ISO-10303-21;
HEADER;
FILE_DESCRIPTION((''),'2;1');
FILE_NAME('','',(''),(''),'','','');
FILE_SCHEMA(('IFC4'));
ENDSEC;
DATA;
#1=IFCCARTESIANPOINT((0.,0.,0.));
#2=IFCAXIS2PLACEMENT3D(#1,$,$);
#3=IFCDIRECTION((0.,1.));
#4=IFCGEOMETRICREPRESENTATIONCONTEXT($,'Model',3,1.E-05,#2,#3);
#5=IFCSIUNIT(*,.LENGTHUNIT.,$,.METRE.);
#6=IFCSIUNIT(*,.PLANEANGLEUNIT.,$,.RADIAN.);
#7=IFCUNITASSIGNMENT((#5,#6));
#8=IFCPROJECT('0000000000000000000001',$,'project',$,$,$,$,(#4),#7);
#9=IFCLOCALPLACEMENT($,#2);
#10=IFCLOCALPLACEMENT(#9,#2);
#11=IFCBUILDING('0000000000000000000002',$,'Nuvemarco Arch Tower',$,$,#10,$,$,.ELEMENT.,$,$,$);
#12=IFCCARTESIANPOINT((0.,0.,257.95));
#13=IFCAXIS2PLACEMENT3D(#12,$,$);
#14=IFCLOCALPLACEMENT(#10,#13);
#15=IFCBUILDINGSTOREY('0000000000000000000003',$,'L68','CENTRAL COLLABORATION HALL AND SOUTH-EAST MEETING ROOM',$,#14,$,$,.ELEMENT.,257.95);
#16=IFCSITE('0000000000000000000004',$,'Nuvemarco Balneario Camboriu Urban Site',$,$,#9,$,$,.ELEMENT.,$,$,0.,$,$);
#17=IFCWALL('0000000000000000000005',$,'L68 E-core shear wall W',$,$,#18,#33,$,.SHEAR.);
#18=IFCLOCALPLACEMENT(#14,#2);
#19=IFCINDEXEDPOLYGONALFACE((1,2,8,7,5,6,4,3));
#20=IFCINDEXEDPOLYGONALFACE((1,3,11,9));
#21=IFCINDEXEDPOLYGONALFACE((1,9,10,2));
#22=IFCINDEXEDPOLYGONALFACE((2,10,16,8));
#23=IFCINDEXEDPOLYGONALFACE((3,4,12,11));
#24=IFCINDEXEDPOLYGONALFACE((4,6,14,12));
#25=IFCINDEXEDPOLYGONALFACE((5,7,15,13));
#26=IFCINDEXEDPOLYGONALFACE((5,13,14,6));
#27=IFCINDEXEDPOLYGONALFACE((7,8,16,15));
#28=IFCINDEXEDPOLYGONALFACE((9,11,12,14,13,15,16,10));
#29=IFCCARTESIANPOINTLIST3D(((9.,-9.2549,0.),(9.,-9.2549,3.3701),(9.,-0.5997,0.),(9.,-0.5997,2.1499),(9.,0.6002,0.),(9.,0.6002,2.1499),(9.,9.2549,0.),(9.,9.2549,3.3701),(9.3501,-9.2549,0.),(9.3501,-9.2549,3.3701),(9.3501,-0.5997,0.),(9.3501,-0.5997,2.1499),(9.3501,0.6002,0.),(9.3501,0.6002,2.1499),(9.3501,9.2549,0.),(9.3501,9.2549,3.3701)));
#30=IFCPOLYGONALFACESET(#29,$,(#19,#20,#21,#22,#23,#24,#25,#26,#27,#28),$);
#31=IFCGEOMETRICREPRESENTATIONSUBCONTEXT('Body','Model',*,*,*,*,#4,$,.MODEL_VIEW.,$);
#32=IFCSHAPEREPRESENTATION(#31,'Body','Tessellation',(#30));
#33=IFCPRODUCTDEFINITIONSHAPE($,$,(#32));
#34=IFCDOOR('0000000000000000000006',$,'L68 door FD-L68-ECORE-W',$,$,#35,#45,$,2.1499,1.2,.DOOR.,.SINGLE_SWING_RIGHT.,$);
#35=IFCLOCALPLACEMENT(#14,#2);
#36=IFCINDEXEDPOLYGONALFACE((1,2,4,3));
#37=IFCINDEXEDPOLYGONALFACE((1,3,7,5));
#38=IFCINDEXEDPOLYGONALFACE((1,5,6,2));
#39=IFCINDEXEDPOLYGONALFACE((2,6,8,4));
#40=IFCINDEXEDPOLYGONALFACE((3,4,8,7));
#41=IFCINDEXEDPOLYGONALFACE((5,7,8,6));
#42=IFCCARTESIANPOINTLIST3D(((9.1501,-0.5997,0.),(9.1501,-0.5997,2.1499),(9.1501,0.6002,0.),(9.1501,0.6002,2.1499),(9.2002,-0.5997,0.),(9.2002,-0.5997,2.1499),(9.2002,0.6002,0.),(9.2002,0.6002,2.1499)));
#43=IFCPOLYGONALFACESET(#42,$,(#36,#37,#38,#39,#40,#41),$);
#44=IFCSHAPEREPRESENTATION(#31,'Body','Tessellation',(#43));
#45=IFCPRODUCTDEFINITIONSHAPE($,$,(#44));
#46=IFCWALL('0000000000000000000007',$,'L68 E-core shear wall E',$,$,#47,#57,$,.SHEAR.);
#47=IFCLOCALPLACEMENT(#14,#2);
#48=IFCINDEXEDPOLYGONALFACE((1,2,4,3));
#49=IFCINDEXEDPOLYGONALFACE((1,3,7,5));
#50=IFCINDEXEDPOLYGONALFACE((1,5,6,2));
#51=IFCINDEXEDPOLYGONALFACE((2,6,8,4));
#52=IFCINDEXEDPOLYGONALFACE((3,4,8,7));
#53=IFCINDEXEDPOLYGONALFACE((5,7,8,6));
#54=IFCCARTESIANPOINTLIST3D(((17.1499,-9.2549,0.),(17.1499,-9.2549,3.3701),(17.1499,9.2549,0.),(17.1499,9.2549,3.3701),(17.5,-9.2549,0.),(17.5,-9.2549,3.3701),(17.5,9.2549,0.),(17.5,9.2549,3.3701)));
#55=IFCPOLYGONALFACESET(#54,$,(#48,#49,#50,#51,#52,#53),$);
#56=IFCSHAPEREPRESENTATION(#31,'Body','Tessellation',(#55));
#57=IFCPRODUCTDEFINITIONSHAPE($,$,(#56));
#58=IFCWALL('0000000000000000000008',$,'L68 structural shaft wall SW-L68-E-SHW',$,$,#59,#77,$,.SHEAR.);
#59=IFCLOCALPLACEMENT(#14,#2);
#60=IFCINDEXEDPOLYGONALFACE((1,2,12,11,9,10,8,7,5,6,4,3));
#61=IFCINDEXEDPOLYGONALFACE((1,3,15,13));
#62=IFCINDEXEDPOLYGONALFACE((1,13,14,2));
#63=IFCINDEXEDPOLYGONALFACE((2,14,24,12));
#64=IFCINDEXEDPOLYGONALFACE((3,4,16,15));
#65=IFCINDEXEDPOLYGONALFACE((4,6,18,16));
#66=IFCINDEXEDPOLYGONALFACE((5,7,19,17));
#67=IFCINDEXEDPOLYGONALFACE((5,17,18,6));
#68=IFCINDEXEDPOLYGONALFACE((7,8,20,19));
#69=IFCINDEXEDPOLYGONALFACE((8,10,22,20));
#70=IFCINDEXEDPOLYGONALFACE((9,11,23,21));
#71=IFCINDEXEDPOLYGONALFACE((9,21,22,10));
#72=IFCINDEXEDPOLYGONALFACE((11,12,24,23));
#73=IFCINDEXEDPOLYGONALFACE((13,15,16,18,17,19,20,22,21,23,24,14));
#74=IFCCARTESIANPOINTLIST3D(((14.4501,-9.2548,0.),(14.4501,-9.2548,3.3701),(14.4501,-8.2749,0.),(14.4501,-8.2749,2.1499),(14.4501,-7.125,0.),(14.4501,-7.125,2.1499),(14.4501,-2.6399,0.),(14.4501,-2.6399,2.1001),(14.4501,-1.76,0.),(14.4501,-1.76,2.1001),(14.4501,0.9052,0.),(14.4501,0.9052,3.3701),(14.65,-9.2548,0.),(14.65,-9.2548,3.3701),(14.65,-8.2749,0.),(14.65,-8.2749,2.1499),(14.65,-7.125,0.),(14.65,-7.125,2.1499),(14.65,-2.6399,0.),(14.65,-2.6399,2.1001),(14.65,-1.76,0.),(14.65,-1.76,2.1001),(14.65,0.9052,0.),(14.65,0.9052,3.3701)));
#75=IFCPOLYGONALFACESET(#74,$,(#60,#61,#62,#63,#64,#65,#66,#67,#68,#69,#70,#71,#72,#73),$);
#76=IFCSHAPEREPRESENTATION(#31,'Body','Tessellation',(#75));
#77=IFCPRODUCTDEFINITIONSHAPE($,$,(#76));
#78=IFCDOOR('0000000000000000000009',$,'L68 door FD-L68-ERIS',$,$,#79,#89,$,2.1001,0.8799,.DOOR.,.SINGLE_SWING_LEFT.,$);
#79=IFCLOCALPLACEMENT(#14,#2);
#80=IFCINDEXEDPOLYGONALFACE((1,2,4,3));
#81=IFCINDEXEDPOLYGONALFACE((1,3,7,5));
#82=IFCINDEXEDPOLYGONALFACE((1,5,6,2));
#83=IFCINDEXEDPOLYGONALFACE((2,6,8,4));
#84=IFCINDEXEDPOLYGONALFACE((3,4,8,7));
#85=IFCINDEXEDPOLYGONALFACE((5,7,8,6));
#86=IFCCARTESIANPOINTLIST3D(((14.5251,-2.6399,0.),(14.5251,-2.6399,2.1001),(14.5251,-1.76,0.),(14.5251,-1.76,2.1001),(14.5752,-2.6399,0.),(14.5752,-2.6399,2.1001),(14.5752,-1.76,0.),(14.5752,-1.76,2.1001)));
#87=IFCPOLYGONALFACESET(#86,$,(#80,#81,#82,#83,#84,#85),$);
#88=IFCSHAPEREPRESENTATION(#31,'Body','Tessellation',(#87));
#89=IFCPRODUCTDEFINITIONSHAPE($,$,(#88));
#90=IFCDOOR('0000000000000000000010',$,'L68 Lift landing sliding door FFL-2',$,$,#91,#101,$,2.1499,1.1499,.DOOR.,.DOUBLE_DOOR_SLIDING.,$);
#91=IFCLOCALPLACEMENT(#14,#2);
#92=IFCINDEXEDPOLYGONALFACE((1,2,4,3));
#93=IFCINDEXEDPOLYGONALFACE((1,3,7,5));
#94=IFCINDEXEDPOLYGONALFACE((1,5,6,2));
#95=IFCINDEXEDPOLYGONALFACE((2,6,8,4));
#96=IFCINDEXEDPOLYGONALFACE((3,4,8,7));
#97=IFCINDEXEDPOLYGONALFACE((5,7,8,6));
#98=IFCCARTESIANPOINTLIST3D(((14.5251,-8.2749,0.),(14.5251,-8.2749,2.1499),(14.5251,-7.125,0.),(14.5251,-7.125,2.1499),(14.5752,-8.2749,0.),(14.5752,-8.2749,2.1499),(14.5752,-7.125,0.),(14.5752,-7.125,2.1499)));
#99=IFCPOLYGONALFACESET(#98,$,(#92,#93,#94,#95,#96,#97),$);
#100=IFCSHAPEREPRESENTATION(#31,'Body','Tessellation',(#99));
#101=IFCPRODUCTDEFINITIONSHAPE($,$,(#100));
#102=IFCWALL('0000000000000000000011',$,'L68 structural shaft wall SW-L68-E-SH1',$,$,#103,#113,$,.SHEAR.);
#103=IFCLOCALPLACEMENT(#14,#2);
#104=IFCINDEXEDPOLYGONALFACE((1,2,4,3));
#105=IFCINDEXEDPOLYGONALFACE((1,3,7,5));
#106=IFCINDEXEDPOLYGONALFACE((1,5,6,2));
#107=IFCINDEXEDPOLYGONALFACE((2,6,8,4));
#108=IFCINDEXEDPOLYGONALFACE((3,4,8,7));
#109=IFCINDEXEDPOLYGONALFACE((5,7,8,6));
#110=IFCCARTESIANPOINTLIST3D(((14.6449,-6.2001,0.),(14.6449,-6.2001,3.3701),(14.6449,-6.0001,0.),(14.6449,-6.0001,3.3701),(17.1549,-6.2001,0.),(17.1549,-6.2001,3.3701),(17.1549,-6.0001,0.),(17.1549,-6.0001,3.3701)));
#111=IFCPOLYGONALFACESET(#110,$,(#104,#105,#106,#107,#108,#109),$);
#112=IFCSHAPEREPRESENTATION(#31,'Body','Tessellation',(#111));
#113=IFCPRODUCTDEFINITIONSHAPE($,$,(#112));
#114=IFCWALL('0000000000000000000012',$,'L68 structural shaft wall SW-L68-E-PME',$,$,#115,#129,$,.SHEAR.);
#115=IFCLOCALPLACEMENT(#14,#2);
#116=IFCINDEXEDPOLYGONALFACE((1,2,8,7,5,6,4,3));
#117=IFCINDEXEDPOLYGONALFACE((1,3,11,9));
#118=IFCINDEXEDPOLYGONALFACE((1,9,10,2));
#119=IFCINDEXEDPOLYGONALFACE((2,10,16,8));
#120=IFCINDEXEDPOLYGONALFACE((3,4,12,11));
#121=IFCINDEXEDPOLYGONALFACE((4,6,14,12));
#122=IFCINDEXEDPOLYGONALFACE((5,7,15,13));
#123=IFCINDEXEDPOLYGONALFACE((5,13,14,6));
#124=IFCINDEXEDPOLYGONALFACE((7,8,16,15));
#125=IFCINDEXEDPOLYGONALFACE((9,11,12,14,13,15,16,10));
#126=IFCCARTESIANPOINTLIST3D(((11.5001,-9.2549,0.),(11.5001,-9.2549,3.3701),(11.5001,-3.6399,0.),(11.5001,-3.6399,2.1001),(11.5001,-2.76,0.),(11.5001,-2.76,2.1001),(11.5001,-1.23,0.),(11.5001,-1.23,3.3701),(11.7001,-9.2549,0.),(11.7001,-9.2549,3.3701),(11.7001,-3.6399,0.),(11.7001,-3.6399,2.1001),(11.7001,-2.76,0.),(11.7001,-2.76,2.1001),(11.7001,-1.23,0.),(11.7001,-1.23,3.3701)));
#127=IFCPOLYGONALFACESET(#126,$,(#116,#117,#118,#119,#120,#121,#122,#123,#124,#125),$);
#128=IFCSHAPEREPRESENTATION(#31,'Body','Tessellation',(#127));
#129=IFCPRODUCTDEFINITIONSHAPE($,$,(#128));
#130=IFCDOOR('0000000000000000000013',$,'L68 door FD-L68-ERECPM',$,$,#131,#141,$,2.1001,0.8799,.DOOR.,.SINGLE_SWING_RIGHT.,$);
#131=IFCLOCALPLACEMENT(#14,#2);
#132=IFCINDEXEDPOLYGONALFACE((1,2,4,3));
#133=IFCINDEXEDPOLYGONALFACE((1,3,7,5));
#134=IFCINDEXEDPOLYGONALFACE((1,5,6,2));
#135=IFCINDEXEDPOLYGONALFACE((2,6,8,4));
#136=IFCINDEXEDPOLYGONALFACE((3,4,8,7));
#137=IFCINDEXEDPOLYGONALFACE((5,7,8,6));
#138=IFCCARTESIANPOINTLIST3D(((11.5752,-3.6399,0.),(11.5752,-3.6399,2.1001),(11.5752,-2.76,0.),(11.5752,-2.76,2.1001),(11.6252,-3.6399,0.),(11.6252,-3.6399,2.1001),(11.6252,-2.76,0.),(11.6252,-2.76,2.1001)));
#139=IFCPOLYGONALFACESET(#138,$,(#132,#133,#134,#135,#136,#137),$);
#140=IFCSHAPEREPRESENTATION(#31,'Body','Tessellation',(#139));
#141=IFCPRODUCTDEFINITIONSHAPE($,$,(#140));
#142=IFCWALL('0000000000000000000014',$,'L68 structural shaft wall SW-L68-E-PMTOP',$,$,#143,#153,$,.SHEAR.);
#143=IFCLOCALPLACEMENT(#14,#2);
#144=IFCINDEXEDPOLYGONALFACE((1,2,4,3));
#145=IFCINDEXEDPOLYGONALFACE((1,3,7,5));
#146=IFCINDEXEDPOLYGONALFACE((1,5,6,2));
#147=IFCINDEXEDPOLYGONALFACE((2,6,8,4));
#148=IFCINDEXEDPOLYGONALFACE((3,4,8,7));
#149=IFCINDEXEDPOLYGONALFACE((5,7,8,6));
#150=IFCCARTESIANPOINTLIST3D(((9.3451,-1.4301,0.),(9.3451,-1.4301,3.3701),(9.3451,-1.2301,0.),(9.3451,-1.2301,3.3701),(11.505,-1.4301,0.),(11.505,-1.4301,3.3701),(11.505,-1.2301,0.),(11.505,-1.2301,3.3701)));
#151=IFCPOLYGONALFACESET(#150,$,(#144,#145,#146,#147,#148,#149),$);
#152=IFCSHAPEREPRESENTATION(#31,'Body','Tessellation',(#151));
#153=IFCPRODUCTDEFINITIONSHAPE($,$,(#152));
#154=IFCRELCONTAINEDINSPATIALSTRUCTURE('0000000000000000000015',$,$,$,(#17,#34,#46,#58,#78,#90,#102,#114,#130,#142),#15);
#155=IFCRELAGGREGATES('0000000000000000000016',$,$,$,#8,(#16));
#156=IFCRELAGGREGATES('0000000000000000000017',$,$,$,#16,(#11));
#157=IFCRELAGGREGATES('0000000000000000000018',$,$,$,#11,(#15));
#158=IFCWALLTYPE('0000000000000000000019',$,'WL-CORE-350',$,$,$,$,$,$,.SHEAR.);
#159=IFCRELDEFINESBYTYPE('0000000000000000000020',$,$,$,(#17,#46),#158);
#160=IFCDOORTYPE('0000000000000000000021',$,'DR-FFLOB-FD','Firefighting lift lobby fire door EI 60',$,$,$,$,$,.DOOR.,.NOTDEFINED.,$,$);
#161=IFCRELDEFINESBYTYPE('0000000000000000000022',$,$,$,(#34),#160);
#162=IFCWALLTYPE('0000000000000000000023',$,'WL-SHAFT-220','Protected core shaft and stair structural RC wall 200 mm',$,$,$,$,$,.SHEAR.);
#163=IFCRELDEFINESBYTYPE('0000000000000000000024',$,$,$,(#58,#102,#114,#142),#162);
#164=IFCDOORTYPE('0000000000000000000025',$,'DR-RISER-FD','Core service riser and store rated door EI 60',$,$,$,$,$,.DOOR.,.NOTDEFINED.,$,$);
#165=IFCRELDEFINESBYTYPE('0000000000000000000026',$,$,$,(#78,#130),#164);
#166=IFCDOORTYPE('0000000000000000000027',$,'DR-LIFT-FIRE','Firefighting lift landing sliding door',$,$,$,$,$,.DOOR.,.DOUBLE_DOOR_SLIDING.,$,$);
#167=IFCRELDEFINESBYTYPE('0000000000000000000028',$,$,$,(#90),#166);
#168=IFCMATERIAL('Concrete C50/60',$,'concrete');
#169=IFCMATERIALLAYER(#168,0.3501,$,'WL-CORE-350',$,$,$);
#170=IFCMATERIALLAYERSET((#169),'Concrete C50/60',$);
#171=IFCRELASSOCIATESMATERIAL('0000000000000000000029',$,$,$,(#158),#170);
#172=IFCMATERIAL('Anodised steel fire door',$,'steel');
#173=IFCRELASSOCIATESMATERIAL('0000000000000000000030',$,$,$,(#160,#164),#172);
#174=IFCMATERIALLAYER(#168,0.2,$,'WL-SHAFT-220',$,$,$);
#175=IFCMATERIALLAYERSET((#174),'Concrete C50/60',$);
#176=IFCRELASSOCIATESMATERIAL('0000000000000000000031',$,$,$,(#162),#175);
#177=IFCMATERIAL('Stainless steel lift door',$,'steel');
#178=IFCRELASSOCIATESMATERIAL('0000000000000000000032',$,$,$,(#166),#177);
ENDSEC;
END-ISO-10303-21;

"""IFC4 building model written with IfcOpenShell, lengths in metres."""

from ifc_helpers import new_model, si_unit, direction, frame, frame_2d, origin, place, context, subcontext, project, spatial, rectangle, extrude, source, transform, mapped, material, layer, layer_set, type_object, type_shapes, element, fill, save


model = new_model("IFC4")

# Units and contexts
model_context = context("Model", 3, precision=1e-05, world=origin(), true_north=direction((0.0, 1.0)))
body_context = subcontext(model_context, "Body", "Model", "MODEL_VIEW")
ifc_project = project(units=[si_unit("LENGTHUNIT", "METRE"), si_unit("PLANEANGLEUNIT", "RADIAN")], contexts=[model_context])

# Site, building, storey
site_placement = place(None, origin())
site = spatial("IfcSite", under=ifc_project, at=site_placement, Name="Nuvemarco Balneario Camboriu Urban Site", CompositionType="ELEMENT", RefElevation=0.0)
building_placement = place(site_placement, origin())
building = spatial("IfcBuilding", under=site, at=building_placement, Name="Nuvemarco Arch Tower", CompositionType="ELEMENT")
storey_placement = place(building_placement, frame((0.0, 0.0, 257.95)))
storey = spatial("IfcBuildingStorey", under=building, at=storey_placement, Name="L68", Description="CENTRAL COLLABORATION HALL AND SOUTH-EAST MEETING ROOM", CompositionType="ELEMENT", Elevation=257.95)

# Shared definitions
ifc_material_1 = material(Name="Concrete C50/60", Category="concrete")

# Shared definitions
ifc_layer_1 = layer(ifc_material_1, 0.3501, Name="WL-CORE-350")
ifc_layer_set_1 = layer_set([ifc_layer_1], Name="Concrete C50/60")
wall_type_1 = type_object("IfcWallType", Name="WL-CORE-350", PredefinedType="SHEAR", material=ifc_layer_set_1)

# Wall, opening, door
wall_1_placement = place(storey_placement, frame((9.175, -9.2549, 0.0), z_axis=(0.0, 0.0, 1.0), x_axis=(0.0, 1.0, 0.0)))
wall_1 = element("IfcWall", 1, at=wall_1_placement, inside=storey, type_object=wall_type_1, Name="L68 E-core shear wall W", PredefinedType="SHEAR", context=body_context, shape_type="SweptSolid", body=[
    extrude(rectangle(XDim=18.5098, YDim=0.3501, at=frame_2d((9.2549, 0.0))), origin(), (0.0, 0.0, 1.0), 3.3701),
])
opening_1_placement = place(wall_1_placement, frame((8.655, 0.0, 0.0)))
opening_1 = element("IfcOpeningElement", 2, at=opening_1_placement, cuts=wall_1, PredefinedType="OPENING", context=body_context, shape_type="SweptSolid", body=[
    extrude(rectangle(XDim=1.2, YDim=2.1499, at=frame_2d((0.6001, 1.075))), frame((0.0, 0.1851, 0.0), z_axis=(0.0, -1.0, 0.0), x_axis=(1.0, 0.0, 0.0)), (0.0, 0.0, 1.0), 0.3701),
])
ifc_material_2 = material(Name="Anodised steel fire door", Category="steel")
door_type_1 = type_object("IfcDoorType", Name="DR-FFLOB-FD", Description="Firefighting lift lobby fire door EI 60", OperationType="NOTDEFINED", PredefinedType="DOOR", material=ifc_material_2)
shared_shape_1 = source(origin(), body_context, "Body", "SweptSolid", [
    extrude(rectangle(XDim=1.2, YDim=2.1499, at=frame_2d((0.6001, 1.075))), frame((0.0, 0.0249, 0.0), z_axis=(0.0, -1.0, 0.0), x_axis=(1.0, 0.0, 0.0)), (0.0, 0.0, 1.0), 0.05),
])
type_shapes(door_type_1, [shared_shape_1])
door_1_placement = place(opening_1_placement, origin())
door_1 = element("IfcDoor", 3, at=door_1_placement, inside=storey, type_object=door_type_1, Name="L68 door FD-L68-ECORE-W", OperationType="SINGLE_SWING_RIGHT", OverallHeight=2.1499, OverallWidth=1.2, PredefinedType="DOOR", context=body_context, shape_type="MappedRepresentation", body=[
    mapped(shared_shape_1, transform((0.0, 0.0, 0.0), scale=1.0)),
])
fill(opening_1, door_1)

# Wall
wall_2_placement = place(storey_placement, frame((17.325, -9.2549, 0.0), z_axis=(0.0, 0.0, 1.0), x_axis=(0.0, 1.0, 0.0)))
element("IfcWall", 4, at=wall_2_placement, inside=storey, type_object=wall_type_1, Name="L68 E-core shear wall E", PredefinedType="SHEAR", context=body_context, shape_type="SweptSolid", body=[
    extrude(rectangle(XDim=18.5098, YDim=0.3501, at=frame_2d((9.2549, 0.0))), origin(), (0.0, 0.0, 1.0), 3.3701),
])

# Wall, openings, doors
ifc_layer_2 = layer(ifc_material_1, 0.2, Name="WL-SHAFT-220")
ifc_layer_set_2 = layer_set([ifc_layer_2], Name="Concrete C50/60")
wall_type_2 = type_object("IfcWallType", Name="WL-SHAFT-220", Description="Protected core shaft and stair structural RC wall 200 mm", PredefinedType="SHEAR", material=ifc_layer_set_2)
wall_3_placement = place(storey_placement, frame((14.55, -9.2549, 0.0), z_axis=(0.0, 0.0, 1.0), x_axis=(0.0, 1.0, 0.0)))
wall_3 = element("IfcWall", 5, at=wall_3_placement, inside=storey, type_object=wall_type_2, Name="L68 structural shaft wall SW-L68-E-SHW", PredefinedType="SHEAR", context=body_context, shape_type="SweptSolid", body=[
    extrude(rectangle(XDim=10.1599, YDim=0.2, at=frame_2d((5.0801, 0.0))), origin(), (0.0, 0.0, 1.0), 3.3701),
])
opening_2_placement = place(wall_3_placement, frame((6.615, 0.0, 0.0)))
opening_2 = element("IfcOpeningElement", 6, at=opening_2_placement, cuts=wall_3, PredefinedType="OPENING", context=body_context, shape_type="SweptSolid", body=[
    extrude(rectangle(XDim=0.8799, YDim=2.1001, at=frame_2d((0.4399, 1.05))), frame((0.0, 0.1099, 0.0), z_axis=(0.0, -1.0, 0.0), x_axis=(1.0, 0.0, 0.0)), (0.0, 0.0, 1.0), 0.22),
])
opening_3_placement = place(wall_3_placement, frame((0.98, 0.0, 0.0)))
opening_3 = element("IfcOpeningElement", 7, at=opening_3_placement, cuts=wall_3, PredefinedType="OPENING", context=body_context, shape_type="SweptSolid", body=[
    extrude(rectangle(XDim=1.1499, YDim=2.1499, at=frame_2d((0.575, 1.075))), frame((0.0, 0.1099, 0.0), z_axis=(0.0, -1.0, 0.0), x_axis=(1.0, 0.0, 0.0)), (0.0, 0.0, 1.0), 0.22),
])
door_type_2 = type_object("IfcDoorType", Name="DR-RISER-FD", Description="Core service riser and store rated door EI 60", OperationType="NOTDEFINED", PredefinedType="DOOR", material=ifc_material_2)
shared_shape_2 = source(origin(), body_context, "Body", "SweptSolid", [
    extrude(rectangle(XDim=0.8799, YDim=2.1001, at=frame_2d((0.4399, 1.05))), frame((0.0, 0.0249, 0.0), z_axis=(0.0, -1.0, 0.0), x_axis=(1.0, 0.0, 0.0)), (0.0, 0.0, 1.0), 0.05),
])
type_shapes(door_type_2, [shared_shape_2])
door_2_placement = place(opening_2_placement, origin())
door_2 = element("IfcDoor", 8, at=door_2_placement, inside=storey, type_object=door_type_2, Name="L68 door FD-L68-ERIS", OperationType="SINGLE_SWING_LEFT", OverallHeight=2.1001, OverallWidth=0.8799, PredefinedType="DOOR", context=body_context, shape_type="MappedRepresentation", body=[
    mapped(shared_shape_2, transform((0.0, 0.0, 0.0), scale=1.0)),
])
fill(opening_2, door_2)
ifc_material_3 = material(Name="Stainless steel lift door", Category="steel")
door_type_3 = type_object("IfcDoorType", Name="DR-LIFT-FIRE", Description="Firefighting lift landing sliding door", OperationType="DOUBLE_DOOR_SLIDING", PredefinedType="DOOR", material=ifc_material_3)
shared_shape_3 = source(origin(), body_context, "Body", "SweptSolid", [
    extrude(rectangle(XDim=1.1499, YDim=2.1499, at=frame_2d((0.575, 1.075))), frame((0.0, 0.0249, 0.0), z_axis=(0.0, -1.0, 0.0), x_axis=(1.0, 0.0, 0.0)), (0.0, 0.0, 1.0), 0.05),
])
type_shapes(door_type_3, [shared_shape_3])
door_3_placement = place(opening_3_placement, origin())
door_3 = element("IfcDoor", 9, at=door_3_placement, inside=storey, type_object=door_type_3, Name="L68 Lift landing sliding door FFL-2", OperationType="DOUBLE_DOOR_SLIDING", OverallHeight=2.1499, OverallWidth=1.1499, PredefinedType="DOOR", context=body_context, shape_type="MappedRepresentation", body=[
    mapped(shared_shape_3, transform((0.0, 0.0, 0.0), scale=1.0)),
])
fill(opening_3, door_3)

# Wall
wall_4_placement = place(storey_placement, frame((14.645, -6.1001, 0.0), z_axis=(0.0, 0.0, 1.0), x_axis=(1.0, 0.0, 0.0)))
element("IfcWall", 10, at=wall_4_placement, inside=storey, type_object=wall_type_2, Name="L68 structural shaft wall SW-L68-E-SH1", PredefinedType="SHEAR", context=body_context, shape_type="SweptSolid", body=[
    extrude(rectangle(XDim=2.51, YDim=0.2, at=frame_2d((1.2549, 0.0))), origin(), (0.0, 0.0, 1.0), 3.3701),
])

# Wall, opening, door
wall_5_placement = place(storey_placement, frame((11.6001, -9.2549, 0.0), z_axis=(0.0, 0.0, 1.0), x_axis=(0.0, 1.0, 0.0)))
wall_5 = element("IfcWall", 11, at=wall_5_placement, inside=storey, type_object=wall_type_2, Name="L68 structural shaft wall SW-L68-E-PME", PredefinedType="SHEAR", context=body_context, shape_type="SweptSolid", body=[
    extrude(rectangle(XDim=8.0249, YDim=0.2, at=frame_2d((4.0125, 0.0))), origin(), (0.0, 0.0, 1.0), 3.3701),
])
opening_4_placement = place(wall_5_placement, frame((5.615, 0.0, 0.0)))
opening_4 = element("IfcOpeningElement", 12, at=opening_4_placement, cuts=wall_5, PredefinedType="OPENING", context=body_context, shape_type="SweptSolid", body=[
    extrude(rectangle(XDim=0.8799, YDim=2.1001, at=frame_2d((0.4399, 1.05))), frame((0.0, 0.1099, 0.0), z_axis=(0.0, -1.0, 0.0), x_axis=(1.0, 0.0, 0.0)), (0.0, 0.0, 1.0), 0.22),
])
door_4_placement = place(opening_4_placement, origin())
door_4 = element("IfcDoor", 13, at=door_4_placement, inside=storey, type_object=door_type_2, Name="L68 door FD-L68-ERECPM", OperationType="SINGLE_SWING_RIGHT", OverallHeight=2.1001, OverallWidth=0.8799, PredefinedType="DOOR", context=body_context, shape_type="MappedRepresentation", body=[
    mapped(shared_shape_2, transform((0.0, 0.0, 0.0), scale=1.0)),
])
fill(opening_4, door_4)

# Wall
wall_6_placement = place(storey_placement, frame((9.345, -1.3301, 0.0), z_axis=(0.0, 0.0, 1.0), x_axis=(1.0, 0.0, 0.0)))
element("IfcWall", 14, at=wall_6_placement, inside=storey, type_object=wall_type_2, Name="L68 structural shaft wall SW-L68-E-PMTOP", PredefinedType="SHEAR", context=body_context, shape_type="SweptSolid", body=[
    extrude(rectangle(XDim=2.1599, YDim=0.2, at=frame_2d((1.0801, 0.0))), origin(), (0.0, 0.0, 1.0), 3.3701),
])

save(model, "model.ifc")
